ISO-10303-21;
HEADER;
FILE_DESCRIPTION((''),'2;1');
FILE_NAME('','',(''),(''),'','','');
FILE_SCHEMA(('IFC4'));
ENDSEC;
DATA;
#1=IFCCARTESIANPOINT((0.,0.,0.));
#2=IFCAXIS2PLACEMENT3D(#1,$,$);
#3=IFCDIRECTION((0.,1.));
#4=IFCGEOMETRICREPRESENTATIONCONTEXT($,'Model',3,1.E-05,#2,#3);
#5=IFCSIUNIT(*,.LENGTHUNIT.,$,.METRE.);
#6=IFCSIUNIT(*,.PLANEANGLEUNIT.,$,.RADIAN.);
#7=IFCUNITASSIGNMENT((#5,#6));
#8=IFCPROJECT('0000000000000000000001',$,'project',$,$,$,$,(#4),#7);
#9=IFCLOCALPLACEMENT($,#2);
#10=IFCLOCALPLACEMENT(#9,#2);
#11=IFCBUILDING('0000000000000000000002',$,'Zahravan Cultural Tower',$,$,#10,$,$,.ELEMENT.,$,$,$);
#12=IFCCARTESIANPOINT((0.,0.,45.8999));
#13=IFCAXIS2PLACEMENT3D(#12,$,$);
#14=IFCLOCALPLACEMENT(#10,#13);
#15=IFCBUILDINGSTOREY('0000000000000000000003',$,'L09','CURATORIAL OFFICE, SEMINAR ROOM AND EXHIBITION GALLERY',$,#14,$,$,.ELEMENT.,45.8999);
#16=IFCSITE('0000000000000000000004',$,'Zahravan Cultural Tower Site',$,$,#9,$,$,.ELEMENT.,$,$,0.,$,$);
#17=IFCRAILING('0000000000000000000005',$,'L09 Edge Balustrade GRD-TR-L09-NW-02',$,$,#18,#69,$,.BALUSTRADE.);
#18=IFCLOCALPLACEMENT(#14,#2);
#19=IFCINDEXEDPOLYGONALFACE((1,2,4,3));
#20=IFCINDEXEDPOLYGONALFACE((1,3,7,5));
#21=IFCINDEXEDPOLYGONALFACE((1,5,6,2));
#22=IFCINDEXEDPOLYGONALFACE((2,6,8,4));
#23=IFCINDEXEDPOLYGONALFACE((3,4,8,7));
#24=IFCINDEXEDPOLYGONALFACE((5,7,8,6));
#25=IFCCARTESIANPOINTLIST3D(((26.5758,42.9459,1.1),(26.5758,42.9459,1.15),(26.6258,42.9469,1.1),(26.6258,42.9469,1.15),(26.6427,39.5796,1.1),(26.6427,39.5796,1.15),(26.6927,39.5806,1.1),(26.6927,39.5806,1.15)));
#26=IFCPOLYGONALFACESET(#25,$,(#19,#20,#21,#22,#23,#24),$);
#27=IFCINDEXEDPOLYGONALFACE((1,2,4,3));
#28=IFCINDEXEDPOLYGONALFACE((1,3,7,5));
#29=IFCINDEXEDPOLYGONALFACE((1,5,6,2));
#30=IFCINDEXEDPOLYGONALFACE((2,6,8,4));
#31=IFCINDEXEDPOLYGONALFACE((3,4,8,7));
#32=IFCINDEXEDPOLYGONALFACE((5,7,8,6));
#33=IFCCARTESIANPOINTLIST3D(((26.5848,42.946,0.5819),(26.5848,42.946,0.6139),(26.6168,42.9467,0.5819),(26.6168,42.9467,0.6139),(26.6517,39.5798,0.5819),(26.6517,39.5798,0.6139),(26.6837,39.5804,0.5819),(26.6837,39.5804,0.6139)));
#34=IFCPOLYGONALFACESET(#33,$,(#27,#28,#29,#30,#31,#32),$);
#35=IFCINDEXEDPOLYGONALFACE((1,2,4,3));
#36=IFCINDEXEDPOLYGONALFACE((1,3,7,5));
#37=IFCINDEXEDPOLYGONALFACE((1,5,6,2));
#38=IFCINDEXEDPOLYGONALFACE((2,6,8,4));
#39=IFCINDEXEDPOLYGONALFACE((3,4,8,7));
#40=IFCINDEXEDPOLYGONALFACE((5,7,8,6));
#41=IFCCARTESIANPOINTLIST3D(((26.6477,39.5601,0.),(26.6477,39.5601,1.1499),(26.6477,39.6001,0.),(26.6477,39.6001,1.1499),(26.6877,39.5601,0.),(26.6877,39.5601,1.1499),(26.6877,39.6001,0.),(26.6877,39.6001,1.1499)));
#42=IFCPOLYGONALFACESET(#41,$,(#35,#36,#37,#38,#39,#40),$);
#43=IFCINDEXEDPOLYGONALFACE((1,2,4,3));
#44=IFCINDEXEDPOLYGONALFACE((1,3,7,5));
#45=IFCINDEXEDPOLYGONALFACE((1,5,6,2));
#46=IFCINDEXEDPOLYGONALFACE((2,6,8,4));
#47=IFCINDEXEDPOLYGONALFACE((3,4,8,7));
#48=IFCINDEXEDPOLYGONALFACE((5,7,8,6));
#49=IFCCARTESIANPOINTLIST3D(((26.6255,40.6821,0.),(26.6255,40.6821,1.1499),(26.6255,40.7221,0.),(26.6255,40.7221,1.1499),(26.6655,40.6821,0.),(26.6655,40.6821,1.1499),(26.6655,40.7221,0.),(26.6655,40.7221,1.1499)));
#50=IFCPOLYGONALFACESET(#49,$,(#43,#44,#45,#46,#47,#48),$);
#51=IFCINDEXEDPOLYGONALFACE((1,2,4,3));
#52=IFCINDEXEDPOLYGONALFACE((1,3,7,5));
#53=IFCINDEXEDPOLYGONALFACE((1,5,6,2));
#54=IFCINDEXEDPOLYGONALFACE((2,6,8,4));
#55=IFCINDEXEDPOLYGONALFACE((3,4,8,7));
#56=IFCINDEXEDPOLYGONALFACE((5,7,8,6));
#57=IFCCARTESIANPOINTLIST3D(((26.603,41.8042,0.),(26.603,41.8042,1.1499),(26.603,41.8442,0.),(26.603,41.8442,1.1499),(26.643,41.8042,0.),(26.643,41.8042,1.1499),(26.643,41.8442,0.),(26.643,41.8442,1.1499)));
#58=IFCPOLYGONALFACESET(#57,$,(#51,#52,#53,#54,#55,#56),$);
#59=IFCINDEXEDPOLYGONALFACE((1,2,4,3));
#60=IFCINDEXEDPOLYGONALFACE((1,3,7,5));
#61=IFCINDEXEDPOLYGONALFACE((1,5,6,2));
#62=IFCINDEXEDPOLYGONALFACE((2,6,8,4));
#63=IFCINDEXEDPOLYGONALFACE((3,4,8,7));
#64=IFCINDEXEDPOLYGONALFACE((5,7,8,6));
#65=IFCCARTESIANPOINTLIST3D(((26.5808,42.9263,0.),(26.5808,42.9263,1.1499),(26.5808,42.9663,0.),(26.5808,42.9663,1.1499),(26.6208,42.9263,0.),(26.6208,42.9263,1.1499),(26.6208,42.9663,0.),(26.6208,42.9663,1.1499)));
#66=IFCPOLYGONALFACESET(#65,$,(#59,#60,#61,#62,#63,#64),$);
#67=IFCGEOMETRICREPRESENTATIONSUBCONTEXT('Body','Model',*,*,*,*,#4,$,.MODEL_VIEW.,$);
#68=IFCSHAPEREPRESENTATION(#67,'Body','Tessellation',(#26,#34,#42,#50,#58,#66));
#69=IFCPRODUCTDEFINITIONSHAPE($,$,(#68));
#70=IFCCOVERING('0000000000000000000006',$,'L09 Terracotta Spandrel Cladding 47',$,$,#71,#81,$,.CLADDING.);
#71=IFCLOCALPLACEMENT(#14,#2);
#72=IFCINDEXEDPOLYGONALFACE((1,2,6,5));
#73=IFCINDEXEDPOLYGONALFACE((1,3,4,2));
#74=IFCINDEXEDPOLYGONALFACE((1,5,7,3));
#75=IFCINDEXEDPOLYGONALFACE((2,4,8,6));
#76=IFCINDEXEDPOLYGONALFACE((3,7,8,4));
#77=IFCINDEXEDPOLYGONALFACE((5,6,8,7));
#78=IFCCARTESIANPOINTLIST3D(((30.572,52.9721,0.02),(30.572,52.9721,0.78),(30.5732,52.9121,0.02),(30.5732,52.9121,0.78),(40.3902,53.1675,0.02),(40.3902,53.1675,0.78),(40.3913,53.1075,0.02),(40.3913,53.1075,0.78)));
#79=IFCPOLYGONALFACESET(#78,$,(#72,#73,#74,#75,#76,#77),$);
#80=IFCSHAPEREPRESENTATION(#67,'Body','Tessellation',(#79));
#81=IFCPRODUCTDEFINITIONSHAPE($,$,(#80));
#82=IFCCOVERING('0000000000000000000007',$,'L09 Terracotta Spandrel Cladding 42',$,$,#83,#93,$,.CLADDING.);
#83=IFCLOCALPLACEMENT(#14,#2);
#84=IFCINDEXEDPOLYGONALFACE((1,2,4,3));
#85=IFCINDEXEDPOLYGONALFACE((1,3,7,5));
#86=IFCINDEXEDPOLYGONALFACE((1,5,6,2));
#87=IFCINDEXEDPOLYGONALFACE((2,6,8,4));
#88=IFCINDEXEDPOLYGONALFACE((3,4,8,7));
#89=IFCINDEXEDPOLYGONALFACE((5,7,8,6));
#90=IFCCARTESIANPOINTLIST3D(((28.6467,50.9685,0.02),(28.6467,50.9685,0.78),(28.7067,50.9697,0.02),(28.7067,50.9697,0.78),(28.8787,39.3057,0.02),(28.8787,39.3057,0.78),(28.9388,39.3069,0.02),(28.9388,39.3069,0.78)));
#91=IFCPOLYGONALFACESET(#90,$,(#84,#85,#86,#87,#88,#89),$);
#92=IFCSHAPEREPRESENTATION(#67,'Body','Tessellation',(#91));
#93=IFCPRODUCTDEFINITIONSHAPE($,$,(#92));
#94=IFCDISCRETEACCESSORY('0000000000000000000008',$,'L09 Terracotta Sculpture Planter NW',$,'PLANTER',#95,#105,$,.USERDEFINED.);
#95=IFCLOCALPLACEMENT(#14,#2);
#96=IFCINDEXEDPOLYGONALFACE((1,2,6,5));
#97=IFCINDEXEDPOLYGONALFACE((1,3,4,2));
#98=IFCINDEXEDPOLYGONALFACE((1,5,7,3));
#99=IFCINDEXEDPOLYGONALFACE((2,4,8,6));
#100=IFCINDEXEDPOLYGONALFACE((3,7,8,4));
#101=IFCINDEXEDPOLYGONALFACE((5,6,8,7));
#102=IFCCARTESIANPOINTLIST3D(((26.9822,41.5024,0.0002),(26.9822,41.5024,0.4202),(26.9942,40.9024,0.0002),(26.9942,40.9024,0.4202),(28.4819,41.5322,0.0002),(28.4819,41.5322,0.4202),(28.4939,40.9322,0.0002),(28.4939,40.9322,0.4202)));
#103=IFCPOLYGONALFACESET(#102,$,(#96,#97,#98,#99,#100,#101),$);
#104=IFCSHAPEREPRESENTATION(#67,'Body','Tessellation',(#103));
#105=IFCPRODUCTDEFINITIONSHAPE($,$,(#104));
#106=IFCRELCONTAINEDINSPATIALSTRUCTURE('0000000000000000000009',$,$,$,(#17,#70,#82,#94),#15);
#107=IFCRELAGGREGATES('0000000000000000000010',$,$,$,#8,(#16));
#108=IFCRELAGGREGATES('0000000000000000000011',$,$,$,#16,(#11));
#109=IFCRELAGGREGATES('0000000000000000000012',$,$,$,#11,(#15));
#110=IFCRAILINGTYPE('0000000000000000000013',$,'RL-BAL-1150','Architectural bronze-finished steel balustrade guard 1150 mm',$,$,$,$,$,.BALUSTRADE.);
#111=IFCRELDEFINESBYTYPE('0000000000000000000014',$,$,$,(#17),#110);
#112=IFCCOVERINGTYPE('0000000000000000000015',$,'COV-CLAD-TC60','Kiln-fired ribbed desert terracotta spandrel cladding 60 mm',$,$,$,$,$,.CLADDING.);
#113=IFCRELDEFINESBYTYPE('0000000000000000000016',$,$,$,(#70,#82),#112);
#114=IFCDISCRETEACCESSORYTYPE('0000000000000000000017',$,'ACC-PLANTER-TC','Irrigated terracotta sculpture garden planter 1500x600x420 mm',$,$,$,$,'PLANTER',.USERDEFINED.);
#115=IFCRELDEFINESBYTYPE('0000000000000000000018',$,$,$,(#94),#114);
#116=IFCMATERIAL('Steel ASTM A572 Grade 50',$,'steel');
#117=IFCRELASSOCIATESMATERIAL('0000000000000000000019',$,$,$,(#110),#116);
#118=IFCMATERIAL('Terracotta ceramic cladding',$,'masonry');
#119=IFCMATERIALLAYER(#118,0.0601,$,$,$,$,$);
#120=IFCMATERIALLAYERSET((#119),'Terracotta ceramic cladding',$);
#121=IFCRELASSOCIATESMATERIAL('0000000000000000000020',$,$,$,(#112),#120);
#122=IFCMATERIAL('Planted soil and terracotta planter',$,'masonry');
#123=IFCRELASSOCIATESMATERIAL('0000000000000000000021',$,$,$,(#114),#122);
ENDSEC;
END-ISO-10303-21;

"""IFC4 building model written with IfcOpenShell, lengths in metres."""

from ifc_helpers import new_model, si_unit, direction, frame, origin, origin_2d, place, context, subcontext, project, spatial, rectangle, extrude, source, transform, mapped, material, layer, layer_set, type_object, element, save


model = new_model("IFC4")

# Units and contexts
model_context = context("Model", 3, precision=1e-05, world=origin(), true_north=direction((0.0, 1.0)))
body_context = subcontext(model_context, "Body", "Model", "MODEL_VIEW")
ifc_project = project(units=[si_unit("LENGTHUNIT", "METRE"), si_unit("PLANEANGLEUNIT", "RADIAN")], contexts=[model_context])

# Site, building, storey
site_placement = place(None, origin())
site = spatial("IfcSite", under=ifc_project, at=site_placement, Name="Zahravan Cultural Tower Site", CompositionType="ELEMENT", RefElevation=0.0)
building_placement = place(site_placement, origin())
building = spatial("IfcBuilding", under=site, at=building_placement, Name="Zahravan Cultural Tower", CompositionType="ELEMENT")
storey_placement = place(building_placement, frame((0.0, 0.0, 45.8999)))
storey = spatial("IfcBuildingStorey", under=building, at=storey_placement, Name="L09", Description="CURATORIAL OFFICE, SEMINAR ROOM AND EXHIBITION GALLERY", CompositionType="ELEMENT", Elevation=45.8999)

# Shared definitions
ifc_material_1 = material(Name="Steel ASTM A572 Grade 50", Category="steel")

# Railing
railing_type = type_object("IfcRailingType", Name="RL-BAL-1150", Description="Architectural bronze-finished steel balustrade guard 1150 mm", PredefinedType="BALUSTRADE", material=ifc_material_1)
railing_placement = place(storey_placement, frame((26.6677, 39.5801, 0.0)))
element("IfcRailing", 1, at=railing_placement, inside=storey, type_object=railing_type, Name="L09 Edge Balustrade GRD-TR-L09-NW-02", PredefinedType="BALUSTRADE", context=body_context, shape_type="SweptSolid", body=[
    extrude(rectangle(XDim=0.05, YDim=0.05, at=origin_2d()), frame((0.0, 0.0, 1.125), z_axis=(-0.019868, 0.999803, 0.0), x_axis=(-0.999803, -0.019868, 0.0)), (0.0, 0.0, 1.0), 3.3669),
    extrude(rectangle(XDim=0.032, YDim=0.032, at=origin_2d()), frame((0.0, 0.0, 0.5979), z_axis=(-0.019868, 0.999803, 0.0), x_axis=(-0.999803, -0.019868, 0.0)), (0.0, 0.0, 1.0), 3.3669),
    extrude(rectangle(XDim=0.04, YDim=0.04, at=origin_2d()), origin(), (0.0, 0.0, 1.0), 1.1499),
    extrude(rectangle(XDim=0.04, YDim=0.04, at=origin_2d()), frame((-0.0222, 1.1221, 0.0)), (0.0, 0.0, 1.0), 1.1499),
    extrude(rectangle(XDim=0.04, YDim=0.04, at=origin_2d()), frame((-0.0447, 2.2441, 0.0)), (0.0, 0.0, 1.0), 1.1499),
    extrude(rectangle(XDim=0.04, YDim=0.04, at=origin_2d()), frame((-0.0669, 3.3662, 0.0)), (0.0, 0.0, 1.0), 1.1499),
])

# Coverings
ifc_material_2 = material(Name="Terracotta ceramic cladding", Category="masonry")
ifc_layer_1 = layer(ifc_material_2, 0.0601)
ifc_layer_set_1 = layer_set([ifc_layer_1], Name="Terracotta ceramic cladding")
covering_type = type_object("IfcCoveringType", Name="COV-CLAD-TC60", Description="Kiln-fired ribbed desert terracotta spandrel cladding 60 mm", PredefinedType="CLADDING", material=ifc_layer_set_1)
shared_shape_1 = source(origin(), body_context, "Body", "SweptSolid", [
    extrude(rectangle(XDim=9.8201, YDim=0.0601, at=origin_2d()), origin(), (0.0, 0.0, 1.0), 0.76),
])
covering_1_placement = place(storey_placement, frame((35.4817, 53.0398, 0.02), z_axis=(0.0, 0.0, 1.0), x_axis=(0.999802, 0.019895, 0.0)))
element("IfcCovering", 2, at=covering_1_placement, inside=storey, type_object=covering_type, Name="L09 Terracotta Spandrel Cladding 47", PredefinedType="CLADDING", context=body_context, shape_type="MappedRepresentation", body=[
    mapped(shared_shape_1, transform((0.0, 0.0, 0.0), x_axis=(1.0, 0.0, 0.0), y_axis=(0.0, 1.0, 0.0), z_axis=(0.0, 0.0, 1.0), scale=1.0)),
])
shared_shape_2 = source(origin(), body_context, "Body", "SweptSolid", [
    extrude(rectangle(XDim=11.665, YDim=0.0601, at=origin_2d()), origin(), (0.0, 0.0, 1.0), 0.76),
])
covering_2_placement = place(storey_placement, frame((28.7927, 45.1377, 0.02), z_axis=(0.0, 0.0, 1.0), x_axis=(-0.019895, 0.999802, 0.0)))
element("IfcCovering", 3, at=covering_2_placement, inside=storey, type_object=covering_type, Name="L09 Terracotta Spandrel Cladding 42", PredefinedType="CLADDING", context=body_context, shape_type="MappedRepresentation", body=[
    mapped(shared_shape_2, transform((0.0, 0.0, 0.0), x_axis=(1.0, 0.0, 0.0), y_axis=(0.0, 1.0, 0.0), z_axis=(0.0, 0.0, 1.0), scale=1.0)),
])

# Discrete accessory
ifc_material_3 = material(Name="Planted soil and terracotta planter", Category="masonry")
discrete_accessory_type = type_object("IfcDiscreteAccessoryType", Name="ACC-PLANTER-TC", Description="Irrigated terracotta sculpture garden planter 1500x600x420 mm", ElementType="PLANTER", PredefinedType="USERDEFINED", material=ifc_material_3)
shared_shape_3 = source(origin(), body_context, "Body", "SweptSolid", [
    extrude(rectangle(XDim=1.5, YDim=0.6001, at=origin_2d()), origin(), (0.0, 0.0, 1.0), 0.4199),
])
discrete_accessory_placement = place(storey_placement, frame((27.738, 41.2173, 0.0002), z_axis=(0.0, 0.0, 1.0), x_axis=(0.999802, 0.019895, 0.0)))
element("IfcDiscreteAccessory", 4, at=discrete_accessory_placement, inside=storey, type_object=discrete_accessory_type, Name="L09 Terracotta Sculpture Planter NW", ObjectType="PLANTER", PredefinedType="USERDEFINED", context=body_context, shape_type="MappedRepresentation", body=[
    mapped(shared_shape_3, transform((0.0, 0.0, 0.0), x_axis=(1.0, 0.0, 0.0), y_axis=(0.0, 1.0, 0.0), z_axis=(0.0, 0.0, 1.0), scale=1.0)),
])

save(model, "model.ifc")
